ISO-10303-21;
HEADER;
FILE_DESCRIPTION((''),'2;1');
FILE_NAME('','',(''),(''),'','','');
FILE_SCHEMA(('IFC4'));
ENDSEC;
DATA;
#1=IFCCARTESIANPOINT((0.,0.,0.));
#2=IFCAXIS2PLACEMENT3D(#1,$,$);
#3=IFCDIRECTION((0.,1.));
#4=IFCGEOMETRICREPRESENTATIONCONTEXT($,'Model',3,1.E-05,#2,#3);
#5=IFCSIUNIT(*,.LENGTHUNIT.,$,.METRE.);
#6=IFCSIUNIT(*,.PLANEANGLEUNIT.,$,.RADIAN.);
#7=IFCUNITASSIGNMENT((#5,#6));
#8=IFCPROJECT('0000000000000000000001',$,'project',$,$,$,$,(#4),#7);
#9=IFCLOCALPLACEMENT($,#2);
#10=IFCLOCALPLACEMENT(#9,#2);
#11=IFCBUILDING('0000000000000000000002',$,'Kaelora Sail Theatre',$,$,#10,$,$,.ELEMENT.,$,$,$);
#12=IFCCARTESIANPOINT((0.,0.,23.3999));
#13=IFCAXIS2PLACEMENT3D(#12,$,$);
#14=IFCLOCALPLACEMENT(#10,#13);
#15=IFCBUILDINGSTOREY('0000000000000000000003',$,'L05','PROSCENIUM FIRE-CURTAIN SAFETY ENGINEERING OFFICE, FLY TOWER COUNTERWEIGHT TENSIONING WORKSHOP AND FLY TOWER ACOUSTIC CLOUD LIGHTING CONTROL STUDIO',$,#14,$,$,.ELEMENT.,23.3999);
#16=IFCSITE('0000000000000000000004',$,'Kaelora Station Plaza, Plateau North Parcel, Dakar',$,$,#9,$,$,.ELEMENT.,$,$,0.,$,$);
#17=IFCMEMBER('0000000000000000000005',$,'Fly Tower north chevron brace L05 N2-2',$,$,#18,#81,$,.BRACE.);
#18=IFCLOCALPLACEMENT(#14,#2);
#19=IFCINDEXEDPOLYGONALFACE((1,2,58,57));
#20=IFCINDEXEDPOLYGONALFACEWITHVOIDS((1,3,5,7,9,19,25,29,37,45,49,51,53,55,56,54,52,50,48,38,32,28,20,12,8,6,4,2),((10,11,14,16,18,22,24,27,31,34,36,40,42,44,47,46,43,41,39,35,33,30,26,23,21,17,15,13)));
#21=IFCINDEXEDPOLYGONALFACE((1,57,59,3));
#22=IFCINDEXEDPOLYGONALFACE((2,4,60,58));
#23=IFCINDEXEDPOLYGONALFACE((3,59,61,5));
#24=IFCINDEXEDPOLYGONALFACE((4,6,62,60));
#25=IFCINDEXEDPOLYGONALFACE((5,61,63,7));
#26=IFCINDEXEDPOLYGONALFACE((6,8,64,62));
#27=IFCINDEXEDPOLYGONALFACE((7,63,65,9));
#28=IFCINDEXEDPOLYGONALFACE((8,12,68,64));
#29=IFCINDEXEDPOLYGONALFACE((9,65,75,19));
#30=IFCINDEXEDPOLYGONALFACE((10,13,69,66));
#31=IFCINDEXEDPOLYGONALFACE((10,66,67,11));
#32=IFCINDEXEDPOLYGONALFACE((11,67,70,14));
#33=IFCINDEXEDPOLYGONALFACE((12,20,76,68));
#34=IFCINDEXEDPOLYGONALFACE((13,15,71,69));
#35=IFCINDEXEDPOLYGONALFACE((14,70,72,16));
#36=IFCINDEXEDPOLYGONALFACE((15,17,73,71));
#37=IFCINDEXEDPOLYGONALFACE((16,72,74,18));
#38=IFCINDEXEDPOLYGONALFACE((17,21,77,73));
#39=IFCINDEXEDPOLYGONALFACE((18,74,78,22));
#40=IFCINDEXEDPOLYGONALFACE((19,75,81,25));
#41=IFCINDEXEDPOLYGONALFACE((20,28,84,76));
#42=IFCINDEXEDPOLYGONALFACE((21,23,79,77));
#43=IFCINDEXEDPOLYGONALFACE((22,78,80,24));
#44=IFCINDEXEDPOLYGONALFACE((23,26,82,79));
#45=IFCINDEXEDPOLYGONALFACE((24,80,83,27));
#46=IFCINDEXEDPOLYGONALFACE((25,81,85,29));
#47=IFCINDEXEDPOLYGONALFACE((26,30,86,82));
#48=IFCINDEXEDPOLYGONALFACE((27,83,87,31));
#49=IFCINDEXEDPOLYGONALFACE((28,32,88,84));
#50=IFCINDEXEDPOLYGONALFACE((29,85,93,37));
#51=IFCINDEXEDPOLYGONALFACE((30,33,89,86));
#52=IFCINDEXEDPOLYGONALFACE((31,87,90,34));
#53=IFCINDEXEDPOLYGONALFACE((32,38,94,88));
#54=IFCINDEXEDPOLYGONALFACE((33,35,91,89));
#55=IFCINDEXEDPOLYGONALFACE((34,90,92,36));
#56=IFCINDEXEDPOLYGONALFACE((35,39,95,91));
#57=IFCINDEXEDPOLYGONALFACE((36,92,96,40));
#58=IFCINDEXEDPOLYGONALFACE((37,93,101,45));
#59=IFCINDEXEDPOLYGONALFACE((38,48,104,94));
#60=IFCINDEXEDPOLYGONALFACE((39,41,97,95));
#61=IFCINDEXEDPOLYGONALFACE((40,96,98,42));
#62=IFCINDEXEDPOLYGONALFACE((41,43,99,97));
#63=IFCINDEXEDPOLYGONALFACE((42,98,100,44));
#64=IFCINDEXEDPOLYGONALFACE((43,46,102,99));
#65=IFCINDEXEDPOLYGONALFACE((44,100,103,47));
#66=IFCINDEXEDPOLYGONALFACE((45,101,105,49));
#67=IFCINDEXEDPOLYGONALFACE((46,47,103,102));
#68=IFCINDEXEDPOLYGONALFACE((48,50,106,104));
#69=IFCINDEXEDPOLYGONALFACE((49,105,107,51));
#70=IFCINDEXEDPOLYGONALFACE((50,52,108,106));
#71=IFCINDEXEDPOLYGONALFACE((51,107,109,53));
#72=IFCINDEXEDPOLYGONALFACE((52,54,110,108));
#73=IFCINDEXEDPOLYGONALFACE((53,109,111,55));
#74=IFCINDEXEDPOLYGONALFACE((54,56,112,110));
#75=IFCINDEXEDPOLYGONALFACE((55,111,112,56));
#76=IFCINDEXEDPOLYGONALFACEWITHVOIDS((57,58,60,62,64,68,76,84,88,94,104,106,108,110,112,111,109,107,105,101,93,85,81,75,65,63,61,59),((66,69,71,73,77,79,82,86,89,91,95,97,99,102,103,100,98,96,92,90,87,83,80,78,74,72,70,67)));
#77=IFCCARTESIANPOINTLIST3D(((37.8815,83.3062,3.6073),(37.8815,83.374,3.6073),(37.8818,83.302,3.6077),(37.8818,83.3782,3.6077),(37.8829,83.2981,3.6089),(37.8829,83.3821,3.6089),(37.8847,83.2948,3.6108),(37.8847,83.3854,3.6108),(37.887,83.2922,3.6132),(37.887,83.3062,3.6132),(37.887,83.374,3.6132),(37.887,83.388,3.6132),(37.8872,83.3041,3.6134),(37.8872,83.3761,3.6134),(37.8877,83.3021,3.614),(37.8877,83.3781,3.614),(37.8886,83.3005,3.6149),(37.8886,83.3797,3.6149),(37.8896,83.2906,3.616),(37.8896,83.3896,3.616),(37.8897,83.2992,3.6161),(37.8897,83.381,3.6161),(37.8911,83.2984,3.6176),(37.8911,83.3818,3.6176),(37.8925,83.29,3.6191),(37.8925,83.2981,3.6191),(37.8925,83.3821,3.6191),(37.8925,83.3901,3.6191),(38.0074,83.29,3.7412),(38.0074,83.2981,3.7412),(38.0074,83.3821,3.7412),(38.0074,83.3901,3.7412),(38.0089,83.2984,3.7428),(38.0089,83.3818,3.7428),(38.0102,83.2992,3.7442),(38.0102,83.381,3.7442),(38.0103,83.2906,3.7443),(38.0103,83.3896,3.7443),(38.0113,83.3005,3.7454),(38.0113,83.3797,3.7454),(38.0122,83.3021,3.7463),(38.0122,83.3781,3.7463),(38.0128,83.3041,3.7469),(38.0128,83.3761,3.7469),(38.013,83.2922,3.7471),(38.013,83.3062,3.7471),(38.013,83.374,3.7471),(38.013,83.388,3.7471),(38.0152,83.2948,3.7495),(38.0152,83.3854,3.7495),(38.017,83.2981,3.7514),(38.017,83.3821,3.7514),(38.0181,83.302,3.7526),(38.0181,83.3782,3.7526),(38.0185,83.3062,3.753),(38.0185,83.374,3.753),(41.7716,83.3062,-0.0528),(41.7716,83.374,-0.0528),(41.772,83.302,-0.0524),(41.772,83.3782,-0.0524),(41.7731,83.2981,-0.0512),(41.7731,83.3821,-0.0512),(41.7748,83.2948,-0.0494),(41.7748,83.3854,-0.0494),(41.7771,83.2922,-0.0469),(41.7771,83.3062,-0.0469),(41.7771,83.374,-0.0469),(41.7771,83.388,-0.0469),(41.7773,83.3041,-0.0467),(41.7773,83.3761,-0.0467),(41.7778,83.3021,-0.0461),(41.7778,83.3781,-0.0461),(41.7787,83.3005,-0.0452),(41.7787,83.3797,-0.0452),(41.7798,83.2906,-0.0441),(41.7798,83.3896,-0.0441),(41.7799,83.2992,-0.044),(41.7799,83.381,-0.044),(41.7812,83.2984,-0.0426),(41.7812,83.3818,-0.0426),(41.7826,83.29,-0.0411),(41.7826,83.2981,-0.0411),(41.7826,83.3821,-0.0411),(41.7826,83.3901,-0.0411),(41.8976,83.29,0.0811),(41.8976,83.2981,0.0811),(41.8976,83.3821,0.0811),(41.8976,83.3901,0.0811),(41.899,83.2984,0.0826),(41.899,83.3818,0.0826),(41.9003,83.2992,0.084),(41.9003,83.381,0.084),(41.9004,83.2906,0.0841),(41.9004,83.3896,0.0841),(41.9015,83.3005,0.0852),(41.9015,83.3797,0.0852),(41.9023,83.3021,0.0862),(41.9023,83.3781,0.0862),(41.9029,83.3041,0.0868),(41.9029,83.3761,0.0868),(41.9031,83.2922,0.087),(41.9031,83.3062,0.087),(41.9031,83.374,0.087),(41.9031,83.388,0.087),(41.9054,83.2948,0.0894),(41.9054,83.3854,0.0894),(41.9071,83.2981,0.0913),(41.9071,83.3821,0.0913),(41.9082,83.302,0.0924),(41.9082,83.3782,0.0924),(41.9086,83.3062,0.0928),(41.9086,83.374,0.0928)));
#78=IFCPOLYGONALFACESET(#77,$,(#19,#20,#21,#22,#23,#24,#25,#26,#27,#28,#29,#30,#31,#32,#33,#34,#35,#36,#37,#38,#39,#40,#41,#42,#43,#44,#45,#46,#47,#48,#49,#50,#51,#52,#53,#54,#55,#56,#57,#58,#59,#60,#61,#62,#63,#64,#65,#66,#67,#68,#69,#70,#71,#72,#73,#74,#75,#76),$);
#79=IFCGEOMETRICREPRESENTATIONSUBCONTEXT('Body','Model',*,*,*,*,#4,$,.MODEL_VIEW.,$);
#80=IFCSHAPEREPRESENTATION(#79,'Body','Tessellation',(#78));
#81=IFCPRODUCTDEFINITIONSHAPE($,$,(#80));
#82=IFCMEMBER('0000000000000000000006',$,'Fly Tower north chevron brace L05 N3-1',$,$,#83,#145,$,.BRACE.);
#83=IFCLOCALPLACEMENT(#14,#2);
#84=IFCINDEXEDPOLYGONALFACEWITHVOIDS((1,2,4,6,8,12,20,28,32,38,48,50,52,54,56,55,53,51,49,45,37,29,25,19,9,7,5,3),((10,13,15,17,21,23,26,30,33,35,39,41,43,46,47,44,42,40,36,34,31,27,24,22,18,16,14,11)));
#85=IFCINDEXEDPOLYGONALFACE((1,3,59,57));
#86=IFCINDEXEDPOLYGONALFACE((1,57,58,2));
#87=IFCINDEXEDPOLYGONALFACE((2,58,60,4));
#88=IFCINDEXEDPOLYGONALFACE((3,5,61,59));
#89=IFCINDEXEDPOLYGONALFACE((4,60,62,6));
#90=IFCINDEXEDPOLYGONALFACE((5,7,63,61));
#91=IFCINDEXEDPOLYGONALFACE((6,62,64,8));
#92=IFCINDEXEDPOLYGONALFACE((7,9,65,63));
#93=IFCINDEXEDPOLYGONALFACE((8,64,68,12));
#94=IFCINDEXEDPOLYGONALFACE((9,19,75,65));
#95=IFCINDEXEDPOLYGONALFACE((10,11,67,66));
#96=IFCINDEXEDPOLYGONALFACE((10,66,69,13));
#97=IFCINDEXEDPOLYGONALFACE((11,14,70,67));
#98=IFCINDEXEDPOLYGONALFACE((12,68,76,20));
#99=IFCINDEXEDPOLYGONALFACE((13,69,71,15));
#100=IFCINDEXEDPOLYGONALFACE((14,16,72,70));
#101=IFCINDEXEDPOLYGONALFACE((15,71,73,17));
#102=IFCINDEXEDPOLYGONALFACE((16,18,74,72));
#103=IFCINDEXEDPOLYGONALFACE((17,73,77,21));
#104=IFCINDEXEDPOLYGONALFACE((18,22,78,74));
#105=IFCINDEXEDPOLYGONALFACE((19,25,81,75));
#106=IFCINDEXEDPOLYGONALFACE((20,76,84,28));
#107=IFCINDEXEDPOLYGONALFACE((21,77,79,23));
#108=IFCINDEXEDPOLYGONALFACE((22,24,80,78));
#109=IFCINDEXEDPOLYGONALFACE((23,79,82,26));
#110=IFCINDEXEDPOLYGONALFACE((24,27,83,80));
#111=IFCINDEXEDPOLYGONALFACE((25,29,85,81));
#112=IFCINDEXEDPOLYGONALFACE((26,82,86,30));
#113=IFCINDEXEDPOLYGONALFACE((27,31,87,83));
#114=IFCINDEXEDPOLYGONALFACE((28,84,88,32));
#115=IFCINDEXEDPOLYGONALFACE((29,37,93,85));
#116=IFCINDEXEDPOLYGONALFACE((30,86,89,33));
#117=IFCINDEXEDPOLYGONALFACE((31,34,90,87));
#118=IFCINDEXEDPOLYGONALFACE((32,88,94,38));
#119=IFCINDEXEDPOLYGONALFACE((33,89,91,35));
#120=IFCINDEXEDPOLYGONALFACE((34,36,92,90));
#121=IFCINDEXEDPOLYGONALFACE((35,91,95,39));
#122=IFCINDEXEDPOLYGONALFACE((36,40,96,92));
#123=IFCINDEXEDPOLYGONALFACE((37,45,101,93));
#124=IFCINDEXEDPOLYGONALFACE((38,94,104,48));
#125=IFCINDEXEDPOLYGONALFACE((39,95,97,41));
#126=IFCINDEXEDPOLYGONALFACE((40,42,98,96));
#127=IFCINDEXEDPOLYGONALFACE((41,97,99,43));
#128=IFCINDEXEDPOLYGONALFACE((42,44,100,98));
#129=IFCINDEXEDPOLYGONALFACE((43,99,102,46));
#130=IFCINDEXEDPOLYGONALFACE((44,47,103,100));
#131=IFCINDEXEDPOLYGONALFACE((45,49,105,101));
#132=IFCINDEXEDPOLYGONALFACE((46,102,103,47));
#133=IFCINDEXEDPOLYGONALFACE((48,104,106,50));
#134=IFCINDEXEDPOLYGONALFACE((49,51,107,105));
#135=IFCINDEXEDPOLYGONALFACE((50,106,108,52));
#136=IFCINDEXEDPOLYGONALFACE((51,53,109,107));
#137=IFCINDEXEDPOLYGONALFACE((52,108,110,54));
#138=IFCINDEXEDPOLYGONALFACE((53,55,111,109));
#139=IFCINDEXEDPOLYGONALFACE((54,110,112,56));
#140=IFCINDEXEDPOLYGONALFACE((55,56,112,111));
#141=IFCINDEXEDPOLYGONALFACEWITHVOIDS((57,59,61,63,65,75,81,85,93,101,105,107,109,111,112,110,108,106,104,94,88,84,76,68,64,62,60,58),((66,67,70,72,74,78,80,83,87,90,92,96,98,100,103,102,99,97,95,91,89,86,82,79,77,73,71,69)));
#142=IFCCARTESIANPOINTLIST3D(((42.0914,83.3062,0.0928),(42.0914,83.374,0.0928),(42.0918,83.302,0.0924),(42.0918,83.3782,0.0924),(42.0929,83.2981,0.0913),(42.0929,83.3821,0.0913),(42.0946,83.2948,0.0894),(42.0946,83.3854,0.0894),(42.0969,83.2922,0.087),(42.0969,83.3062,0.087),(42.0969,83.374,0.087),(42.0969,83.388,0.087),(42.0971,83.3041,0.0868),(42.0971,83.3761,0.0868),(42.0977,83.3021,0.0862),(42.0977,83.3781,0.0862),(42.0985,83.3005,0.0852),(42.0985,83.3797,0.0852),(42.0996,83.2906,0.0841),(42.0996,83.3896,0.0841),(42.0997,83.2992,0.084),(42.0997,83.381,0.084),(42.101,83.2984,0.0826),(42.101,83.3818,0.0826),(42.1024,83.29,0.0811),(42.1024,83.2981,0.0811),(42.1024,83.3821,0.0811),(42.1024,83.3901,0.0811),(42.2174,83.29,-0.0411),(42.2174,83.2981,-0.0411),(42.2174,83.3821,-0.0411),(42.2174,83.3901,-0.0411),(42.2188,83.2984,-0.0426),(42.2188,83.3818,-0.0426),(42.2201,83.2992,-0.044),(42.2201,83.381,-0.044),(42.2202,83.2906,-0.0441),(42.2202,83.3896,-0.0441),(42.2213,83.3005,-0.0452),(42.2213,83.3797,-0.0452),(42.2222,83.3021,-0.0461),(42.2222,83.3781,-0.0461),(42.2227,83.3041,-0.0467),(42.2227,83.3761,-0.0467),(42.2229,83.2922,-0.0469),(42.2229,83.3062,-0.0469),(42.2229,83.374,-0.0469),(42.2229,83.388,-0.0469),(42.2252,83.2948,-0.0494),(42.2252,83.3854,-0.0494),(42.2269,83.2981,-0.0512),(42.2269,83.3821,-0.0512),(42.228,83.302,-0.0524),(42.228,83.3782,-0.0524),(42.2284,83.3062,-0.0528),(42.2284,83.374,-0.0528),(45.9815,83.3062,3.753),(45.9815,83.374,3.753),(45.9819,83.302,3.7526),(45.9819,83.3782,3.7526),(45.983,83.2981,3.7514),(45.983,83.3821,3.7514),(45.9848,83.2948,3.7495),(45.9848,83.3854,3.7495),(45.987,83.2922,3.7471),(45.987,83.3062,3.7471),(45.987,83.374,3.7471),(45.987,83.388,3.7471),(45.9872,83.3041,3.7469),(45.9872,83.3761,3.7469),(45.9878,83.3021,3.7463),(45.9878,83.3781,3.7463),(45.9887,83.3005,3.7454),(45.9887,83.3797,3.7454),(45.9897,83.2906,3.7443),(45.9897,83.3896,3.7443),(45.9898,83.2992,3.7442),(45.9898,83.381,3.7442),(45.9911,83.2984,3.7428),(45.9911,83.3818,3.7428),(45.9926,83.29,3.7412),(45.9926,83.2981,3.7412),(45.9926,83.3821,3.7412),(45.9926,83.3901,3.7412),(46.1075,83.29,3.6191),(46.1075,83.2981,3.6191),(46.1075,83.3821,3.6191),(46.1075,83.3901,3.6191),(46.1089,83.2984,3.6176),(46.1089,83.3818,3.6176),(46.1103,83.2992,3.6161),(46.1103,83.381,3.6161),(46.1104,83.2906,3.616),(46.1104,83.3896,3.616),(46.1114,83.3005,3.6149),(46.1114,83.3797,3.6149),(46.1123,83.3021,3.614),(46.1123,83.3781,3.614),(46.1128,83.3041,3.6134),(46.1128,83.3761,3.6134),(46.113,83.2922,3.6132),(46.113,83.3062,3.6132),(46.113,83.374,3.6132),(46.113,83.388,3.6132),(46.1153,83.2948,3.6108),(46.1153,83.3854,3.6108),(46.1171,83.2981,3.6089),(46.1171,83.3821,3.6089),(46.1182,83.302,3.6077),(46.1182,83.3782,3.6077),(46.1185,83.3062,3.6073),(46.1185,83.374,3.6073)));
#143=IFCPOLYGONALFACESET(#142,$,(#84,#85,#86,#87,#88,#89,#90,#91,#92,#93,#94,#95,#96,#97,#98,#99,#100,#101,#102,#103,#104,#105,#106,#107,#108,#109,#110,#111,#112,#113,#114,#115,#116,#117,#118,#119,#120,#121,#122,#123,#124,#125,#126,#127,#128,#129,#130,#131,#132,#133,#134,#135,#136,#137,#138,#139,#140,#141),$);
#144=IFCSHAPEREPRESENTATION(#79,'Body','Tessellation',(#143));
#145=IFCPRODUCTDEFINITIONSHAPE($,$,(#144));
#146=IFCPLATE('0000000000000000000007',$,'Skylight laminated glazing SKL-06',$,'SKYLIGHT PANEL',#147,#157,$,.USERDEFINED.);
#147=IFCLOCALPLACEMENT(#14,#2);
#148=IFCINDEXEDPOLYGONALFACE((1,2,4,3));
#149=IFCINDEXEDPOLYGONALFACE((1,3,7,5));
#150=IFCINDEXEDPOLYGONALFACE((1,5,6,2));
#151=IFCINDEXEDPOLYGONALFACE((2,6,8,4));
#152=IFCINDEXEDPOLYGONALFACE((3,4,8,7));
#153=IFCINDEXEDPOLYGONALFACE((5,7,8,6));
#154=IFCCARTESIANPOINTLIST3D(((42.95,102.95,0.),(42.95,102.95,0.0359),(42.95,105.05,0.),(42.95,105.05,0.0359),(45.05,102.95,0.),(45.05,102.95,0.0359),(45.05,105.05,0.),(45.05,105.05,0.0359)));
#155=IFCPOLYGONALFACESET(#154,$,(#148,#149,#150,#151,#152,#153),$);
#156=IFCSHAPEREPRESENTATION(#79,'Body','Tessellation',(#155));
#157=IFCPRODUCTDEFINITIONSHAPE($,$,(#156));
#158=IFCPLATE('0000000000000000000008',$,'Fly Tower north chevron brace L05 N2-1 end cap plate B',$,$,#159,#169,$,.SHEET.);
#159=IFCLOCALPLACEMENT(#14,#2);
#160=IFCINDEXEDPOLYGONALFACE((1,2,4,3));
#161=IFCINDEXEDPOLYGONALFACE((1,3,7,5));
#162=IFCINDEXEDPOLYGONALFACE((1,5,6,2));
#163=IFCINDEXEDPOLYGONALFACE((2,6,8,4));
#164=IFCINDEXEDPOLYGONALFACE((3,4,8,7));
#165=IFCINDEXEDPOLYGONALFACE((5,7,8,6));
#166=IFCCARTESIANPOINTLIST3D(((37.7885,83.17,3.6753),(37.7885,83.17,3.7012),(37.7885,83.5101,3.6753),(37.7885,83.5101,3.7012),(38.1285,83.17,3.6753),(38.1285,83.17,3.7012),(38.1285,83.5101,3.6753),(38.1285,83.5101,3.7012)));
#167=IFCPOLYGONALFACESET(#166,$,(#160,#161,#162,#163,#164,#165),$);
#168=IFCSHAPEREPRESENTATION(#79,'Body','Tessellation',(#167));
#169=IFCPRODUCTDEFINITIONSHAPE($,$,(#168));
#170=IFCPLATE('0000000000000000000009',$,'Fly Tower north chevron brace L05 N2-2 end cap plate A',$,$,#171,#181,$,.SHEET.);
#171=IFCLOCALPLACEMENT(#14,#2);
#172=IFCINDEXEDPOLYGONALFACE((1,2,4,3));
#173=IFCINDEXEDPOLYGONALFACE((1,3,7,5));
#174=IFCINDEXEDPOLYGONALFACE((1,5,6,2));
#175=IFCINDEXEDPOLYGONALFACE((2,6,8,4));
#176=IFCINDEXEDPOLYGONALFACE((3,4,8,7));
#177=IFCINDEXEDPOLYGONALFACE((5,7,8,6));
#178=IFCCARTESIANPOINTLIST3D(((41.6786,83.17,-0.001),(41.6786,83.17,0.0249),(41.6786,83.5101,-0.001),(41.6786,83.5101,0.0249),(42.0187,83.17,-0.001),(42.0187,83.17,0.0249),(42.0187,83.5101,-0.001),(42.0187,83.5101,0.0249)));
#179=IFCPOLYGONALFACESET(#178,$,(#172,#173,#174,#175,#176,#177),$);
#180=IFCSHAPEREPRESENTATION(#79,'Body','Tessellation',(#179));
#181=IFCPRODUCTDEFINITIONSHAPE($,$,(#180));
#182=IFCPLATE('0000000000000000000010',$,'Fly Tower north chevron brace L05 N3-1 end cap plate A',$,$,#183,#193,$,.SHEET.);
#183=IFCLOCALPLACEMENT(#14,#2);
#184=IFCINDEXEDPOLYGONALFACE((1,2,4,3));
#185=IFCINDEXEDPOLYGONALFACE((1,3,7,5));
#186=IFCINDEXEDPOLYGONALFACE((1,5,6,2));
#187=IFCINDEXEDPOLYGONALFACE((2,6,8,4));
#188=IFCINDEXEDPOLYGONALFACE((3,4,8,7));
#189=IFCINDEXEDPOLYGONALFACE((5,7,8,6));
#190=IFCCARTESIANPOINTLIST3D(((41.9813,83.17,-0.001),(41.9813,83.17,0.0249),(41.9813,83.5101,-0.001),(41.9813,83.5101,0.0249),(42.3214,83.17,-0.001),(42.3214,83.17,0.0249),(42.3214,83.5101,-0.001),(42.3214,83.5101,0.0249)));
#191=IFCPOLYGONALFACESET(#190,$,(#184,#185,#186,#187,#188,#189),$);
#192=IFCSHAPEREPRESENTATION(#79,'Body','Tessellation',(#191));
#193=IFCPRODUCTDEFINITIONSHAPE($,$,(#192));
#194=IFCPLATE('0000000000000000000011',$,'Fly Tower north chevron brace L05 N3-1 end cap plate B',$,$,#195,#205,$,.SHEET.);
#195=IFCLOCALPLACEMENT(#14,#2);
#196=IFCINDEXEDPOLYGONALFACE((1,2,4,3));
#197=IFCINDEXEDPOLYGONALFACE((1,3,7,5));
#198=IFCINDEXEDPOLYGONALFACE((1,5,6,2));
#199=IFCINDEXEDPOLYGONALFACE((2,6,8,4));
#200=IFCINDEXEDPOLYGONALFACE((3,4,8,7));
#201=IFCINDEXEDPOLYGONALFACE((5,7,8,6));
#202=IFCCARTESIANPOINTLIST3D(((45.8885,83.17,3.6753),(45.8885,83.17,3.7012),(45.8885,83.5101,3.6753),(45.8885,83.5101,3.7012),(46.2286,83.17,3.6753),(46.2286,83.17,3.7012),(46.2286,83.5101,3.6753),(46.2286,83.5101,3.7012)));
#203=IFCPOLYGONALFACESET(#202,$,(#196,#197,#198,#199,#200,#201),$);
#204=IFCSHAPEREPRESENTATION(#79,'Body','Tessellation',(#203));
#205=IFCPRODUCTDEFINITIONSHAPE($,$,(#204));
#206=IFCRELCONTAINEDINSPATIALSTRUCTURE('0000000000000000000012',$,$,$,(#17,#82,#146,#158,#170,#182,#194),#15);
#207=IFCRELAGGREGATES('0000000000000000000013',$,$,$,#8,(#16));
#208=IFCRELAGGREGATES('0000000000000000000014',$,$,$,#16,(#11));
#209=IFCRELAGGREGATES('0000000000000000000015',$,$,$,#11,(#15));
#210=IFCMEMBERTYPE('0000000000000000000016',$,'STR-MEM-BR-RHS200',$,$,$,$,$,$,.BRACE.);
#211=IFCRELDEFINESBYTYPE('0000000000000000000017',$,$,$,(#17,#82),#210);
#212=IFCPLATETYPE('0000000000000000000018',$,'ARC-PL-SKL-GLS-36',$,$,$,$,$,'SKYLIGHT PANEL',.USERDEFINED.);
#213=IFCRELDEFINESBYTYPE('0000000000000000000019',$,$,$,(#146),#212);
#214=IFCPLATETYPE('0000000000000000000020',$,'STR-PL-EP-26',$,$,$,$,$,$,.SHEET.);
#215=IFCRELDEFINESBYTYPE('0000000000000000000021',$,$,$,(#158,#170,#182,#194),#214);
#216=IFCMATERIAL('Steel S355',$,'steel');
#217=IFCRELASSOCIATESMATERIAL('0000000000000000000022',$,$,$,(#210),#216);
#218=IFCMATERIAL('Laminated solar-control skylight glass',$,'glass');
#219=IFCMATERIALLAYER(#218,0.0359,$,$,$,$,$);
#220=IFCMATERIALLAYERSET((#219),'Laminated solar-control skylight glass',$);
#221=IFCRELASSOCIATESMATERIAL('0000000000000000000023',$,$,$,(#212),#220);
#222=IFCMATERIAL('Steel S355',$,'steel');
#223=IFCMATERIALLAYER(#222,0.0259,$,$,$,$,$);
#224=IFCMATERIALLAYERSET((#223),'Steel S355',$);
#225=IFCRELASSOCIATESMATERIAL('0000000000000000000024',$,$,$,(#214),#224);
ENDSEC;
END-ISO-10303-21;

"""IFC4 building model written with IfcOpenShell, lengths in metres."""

from ifc_helpers import new_model, si_unit, direction, frame, origin, origin_2d, place, context, subcontext, project, spatial, rectangle, hollow_rectangle, extrude, material, layer, layer_set, material_profile, profile_set, type_object, element, save


model = new_model("IFC4")

# Units and contexts
model_context = context("Model", 3, precision=1e-05, world=origin(), true_north=direction((0.0, 1.0)))
body_context = subcontext(model_context, "Body", "Model", "MODEL_VIEW")
ifc_project = project(units=[si_unit("LENGTHUNIT", "METRE"), si_unit("PLANEANGLEUNIT", "RADIAN")], contexts=[model_context])

# Site, building, storey
site_placement = place(None, origin())
site = spatial("IfcSite", under=ifc_project, at=site_placement, Name="Kaelora Station Plaza, Plateau North Parcel, Dakar", CompositionType="ELEMENT", RefElevation=0.0)
building_placement = place(site_placement, origin())
building = spatial("IfcBuilding", under=site, at=building_placement, Name="Kaelora Sail Theatre", CompositionType="ELEMENT")
storey_placement = place(building_placement, frame((0.0, 0.0, 23.3999)))
storey = spatial("IfcBuildingStorey", under=building, at=storey_placement, Name="L05", Description="PROSCENIUM FIRE-CURTAIN SAFETY ENGINEERING OFFICE, FLY TOWER COUNTERWEIGHT TENSIONING WORKSHOP AND FLY TOWER ACOUSTIC CLOUD LIGHTING CONTROL STUDIO", CompositionType="ELEMENT", Elevation=23.3999)

# Members
ifc_material_1 = material(Name="Steel S355", Category="steel")
ifc_material_profile_1 = material_profile(ifc_material_1, hollow_rectangle(XDim=0.1001, YDim=0.2, WallThickness=0.0081, InnerFilletRadius=0.0081, OuterFilletRadius=0.0161, at=origin_2d()), Name="RHS 200x100x8.0")
ifc_profile_set_1 = profile_set([ifc_material_profile_1], Name="Steel S355")
member_type = type_object("IfcMemberType", Name="STR-MEM-BR-RHS200", PredefinedType="BRACE", material=ifc_profile_set_1)
for number, where, z_axis, x_axis, name in (
    (1, (41.8401, 83.3401, 0.02), (-0.728307, 0.0, 0.685251), (0.0, -1.0, 0.0), "Fly Tower north chevron brace L05 N2-2"),
    (2, (42.1599, 83.3401, 0.02), (0.728307, 0.0, 0.685251), (0.0, 1.0, 0.0), "Fly Tower north chevron brace L05 N3-1"),
):
    element("IfcMember", number, at=place(storey_placement, frame(where, z_axis=z_axis, x_axis=x_axis)), inside=storey, type_object=member_type, Name=name, PredefinedType="BRACE", context=body_context, shape_type="SweptSolid", body=[
        extrude(hollow_rectangle(XDim=0.1001, YDim=0.2, WallThickness=0.0081, InnerFilletRadius=0.0081, OuterFilletRadius=0.0161, at=origin_2d()), origin(), (0.0, 0.0, 1.0), 5.3413),
    ])

# Plates
ifc_material_2 = material(Name="Laminated solar-control skylight glass", Category="glass")
ifc_layer_1 = layer(ifc_material_2, 0.0359)
ifc_layer_set_1 = layer_set([ifc_layer_1], Name="Laminated solar-control skylight glass")
plate_type_1 = type_object("IfcPlateType", Name="ARC-PL-SKL-GLS-36", ElementType="SKYLIGHT PANEL", PredefinedType="USERDEFINED", material=ifc_layer_set_1)
plate_placement = place(storey_placement, frame((44.0, 104.0, 0.0), z_axis=(0.0, 0.0, 1.0), x_axis=(1.0, 0.0, 0.0)))
element("IfcPlate", 3, at=plate_placement, inside=storey, type_object=plate_type_1, Name="Skylight laminated glazing SKL-06", ObjectType="SKYLIGHT PANEL", PredefinedType="USERDEFINED", context=body_context, shape_type="SweptSolid", body=[
    extrude(rectangle(XDim=2.1001, YDim=2.1001, at=origin_2d()), origin(), (0.0, 0.0, 1.0), 0.0359),
])
ifc_material_3 = material(Name="Steel S355", Category="steel")
ifc_layer_2 = layer(ifc_material_3, 0.0259)
ifc_layer_set_2 = layer_set([ifc_layer_2], Name="Steel S355")
plate_type_2 = type_object("IfcPlateType", Name="STR-PL-EP-26", PredefinedType="SHEET", material=ifc_layer_set_2)
for number, where, z_axis, x_axis, name in (
    (4, (37.9585, 83.3401, 3.6753), (0.0, 0.0, 1.0), (1.0, 0.0, 0.0), "Fly Tower north chevron brace L05 N2-1 end cap plate B"),
    (5, (41.8486, 83.3401, -0.001), (0.0, 0.0, 1.0), (1.0, 0.0, 0.0), "Fly Tower north chevron brace L05 N2-2 end cap plate A"),
    (6, (42.1514, 83.3401, -0.001), (0.0, 0.0, 1.0), (1.0, 0.0, 0.0), "Fly Tower north chevron brace L05 N3-1 end cap plate A"),
    (7, (46.0586, 83.3401, 3.6753), (0.0, 0.0, 1.0), (1.0, 0.0, 0.0), "Fly Tower north chevron brace L05 N3-1 end cap plate B"),
):
    element("IfcPlate", number, at=place(storey_placement, frame(where, z_axis=z_axis, x_axis=x_axis)), inside=storey, type_object=plate_type_2, Name=name, PredefinedType="SHEET", context=body_context, shape_type="SweptSolid", body=[
        extrude(rectangle(XDim=0.3401, YDim=0.3401, at=origin_2d()), origin(), (0.0, 0.0, 1.0), 0.0259),
    ])

save(model, "model.ifc")
